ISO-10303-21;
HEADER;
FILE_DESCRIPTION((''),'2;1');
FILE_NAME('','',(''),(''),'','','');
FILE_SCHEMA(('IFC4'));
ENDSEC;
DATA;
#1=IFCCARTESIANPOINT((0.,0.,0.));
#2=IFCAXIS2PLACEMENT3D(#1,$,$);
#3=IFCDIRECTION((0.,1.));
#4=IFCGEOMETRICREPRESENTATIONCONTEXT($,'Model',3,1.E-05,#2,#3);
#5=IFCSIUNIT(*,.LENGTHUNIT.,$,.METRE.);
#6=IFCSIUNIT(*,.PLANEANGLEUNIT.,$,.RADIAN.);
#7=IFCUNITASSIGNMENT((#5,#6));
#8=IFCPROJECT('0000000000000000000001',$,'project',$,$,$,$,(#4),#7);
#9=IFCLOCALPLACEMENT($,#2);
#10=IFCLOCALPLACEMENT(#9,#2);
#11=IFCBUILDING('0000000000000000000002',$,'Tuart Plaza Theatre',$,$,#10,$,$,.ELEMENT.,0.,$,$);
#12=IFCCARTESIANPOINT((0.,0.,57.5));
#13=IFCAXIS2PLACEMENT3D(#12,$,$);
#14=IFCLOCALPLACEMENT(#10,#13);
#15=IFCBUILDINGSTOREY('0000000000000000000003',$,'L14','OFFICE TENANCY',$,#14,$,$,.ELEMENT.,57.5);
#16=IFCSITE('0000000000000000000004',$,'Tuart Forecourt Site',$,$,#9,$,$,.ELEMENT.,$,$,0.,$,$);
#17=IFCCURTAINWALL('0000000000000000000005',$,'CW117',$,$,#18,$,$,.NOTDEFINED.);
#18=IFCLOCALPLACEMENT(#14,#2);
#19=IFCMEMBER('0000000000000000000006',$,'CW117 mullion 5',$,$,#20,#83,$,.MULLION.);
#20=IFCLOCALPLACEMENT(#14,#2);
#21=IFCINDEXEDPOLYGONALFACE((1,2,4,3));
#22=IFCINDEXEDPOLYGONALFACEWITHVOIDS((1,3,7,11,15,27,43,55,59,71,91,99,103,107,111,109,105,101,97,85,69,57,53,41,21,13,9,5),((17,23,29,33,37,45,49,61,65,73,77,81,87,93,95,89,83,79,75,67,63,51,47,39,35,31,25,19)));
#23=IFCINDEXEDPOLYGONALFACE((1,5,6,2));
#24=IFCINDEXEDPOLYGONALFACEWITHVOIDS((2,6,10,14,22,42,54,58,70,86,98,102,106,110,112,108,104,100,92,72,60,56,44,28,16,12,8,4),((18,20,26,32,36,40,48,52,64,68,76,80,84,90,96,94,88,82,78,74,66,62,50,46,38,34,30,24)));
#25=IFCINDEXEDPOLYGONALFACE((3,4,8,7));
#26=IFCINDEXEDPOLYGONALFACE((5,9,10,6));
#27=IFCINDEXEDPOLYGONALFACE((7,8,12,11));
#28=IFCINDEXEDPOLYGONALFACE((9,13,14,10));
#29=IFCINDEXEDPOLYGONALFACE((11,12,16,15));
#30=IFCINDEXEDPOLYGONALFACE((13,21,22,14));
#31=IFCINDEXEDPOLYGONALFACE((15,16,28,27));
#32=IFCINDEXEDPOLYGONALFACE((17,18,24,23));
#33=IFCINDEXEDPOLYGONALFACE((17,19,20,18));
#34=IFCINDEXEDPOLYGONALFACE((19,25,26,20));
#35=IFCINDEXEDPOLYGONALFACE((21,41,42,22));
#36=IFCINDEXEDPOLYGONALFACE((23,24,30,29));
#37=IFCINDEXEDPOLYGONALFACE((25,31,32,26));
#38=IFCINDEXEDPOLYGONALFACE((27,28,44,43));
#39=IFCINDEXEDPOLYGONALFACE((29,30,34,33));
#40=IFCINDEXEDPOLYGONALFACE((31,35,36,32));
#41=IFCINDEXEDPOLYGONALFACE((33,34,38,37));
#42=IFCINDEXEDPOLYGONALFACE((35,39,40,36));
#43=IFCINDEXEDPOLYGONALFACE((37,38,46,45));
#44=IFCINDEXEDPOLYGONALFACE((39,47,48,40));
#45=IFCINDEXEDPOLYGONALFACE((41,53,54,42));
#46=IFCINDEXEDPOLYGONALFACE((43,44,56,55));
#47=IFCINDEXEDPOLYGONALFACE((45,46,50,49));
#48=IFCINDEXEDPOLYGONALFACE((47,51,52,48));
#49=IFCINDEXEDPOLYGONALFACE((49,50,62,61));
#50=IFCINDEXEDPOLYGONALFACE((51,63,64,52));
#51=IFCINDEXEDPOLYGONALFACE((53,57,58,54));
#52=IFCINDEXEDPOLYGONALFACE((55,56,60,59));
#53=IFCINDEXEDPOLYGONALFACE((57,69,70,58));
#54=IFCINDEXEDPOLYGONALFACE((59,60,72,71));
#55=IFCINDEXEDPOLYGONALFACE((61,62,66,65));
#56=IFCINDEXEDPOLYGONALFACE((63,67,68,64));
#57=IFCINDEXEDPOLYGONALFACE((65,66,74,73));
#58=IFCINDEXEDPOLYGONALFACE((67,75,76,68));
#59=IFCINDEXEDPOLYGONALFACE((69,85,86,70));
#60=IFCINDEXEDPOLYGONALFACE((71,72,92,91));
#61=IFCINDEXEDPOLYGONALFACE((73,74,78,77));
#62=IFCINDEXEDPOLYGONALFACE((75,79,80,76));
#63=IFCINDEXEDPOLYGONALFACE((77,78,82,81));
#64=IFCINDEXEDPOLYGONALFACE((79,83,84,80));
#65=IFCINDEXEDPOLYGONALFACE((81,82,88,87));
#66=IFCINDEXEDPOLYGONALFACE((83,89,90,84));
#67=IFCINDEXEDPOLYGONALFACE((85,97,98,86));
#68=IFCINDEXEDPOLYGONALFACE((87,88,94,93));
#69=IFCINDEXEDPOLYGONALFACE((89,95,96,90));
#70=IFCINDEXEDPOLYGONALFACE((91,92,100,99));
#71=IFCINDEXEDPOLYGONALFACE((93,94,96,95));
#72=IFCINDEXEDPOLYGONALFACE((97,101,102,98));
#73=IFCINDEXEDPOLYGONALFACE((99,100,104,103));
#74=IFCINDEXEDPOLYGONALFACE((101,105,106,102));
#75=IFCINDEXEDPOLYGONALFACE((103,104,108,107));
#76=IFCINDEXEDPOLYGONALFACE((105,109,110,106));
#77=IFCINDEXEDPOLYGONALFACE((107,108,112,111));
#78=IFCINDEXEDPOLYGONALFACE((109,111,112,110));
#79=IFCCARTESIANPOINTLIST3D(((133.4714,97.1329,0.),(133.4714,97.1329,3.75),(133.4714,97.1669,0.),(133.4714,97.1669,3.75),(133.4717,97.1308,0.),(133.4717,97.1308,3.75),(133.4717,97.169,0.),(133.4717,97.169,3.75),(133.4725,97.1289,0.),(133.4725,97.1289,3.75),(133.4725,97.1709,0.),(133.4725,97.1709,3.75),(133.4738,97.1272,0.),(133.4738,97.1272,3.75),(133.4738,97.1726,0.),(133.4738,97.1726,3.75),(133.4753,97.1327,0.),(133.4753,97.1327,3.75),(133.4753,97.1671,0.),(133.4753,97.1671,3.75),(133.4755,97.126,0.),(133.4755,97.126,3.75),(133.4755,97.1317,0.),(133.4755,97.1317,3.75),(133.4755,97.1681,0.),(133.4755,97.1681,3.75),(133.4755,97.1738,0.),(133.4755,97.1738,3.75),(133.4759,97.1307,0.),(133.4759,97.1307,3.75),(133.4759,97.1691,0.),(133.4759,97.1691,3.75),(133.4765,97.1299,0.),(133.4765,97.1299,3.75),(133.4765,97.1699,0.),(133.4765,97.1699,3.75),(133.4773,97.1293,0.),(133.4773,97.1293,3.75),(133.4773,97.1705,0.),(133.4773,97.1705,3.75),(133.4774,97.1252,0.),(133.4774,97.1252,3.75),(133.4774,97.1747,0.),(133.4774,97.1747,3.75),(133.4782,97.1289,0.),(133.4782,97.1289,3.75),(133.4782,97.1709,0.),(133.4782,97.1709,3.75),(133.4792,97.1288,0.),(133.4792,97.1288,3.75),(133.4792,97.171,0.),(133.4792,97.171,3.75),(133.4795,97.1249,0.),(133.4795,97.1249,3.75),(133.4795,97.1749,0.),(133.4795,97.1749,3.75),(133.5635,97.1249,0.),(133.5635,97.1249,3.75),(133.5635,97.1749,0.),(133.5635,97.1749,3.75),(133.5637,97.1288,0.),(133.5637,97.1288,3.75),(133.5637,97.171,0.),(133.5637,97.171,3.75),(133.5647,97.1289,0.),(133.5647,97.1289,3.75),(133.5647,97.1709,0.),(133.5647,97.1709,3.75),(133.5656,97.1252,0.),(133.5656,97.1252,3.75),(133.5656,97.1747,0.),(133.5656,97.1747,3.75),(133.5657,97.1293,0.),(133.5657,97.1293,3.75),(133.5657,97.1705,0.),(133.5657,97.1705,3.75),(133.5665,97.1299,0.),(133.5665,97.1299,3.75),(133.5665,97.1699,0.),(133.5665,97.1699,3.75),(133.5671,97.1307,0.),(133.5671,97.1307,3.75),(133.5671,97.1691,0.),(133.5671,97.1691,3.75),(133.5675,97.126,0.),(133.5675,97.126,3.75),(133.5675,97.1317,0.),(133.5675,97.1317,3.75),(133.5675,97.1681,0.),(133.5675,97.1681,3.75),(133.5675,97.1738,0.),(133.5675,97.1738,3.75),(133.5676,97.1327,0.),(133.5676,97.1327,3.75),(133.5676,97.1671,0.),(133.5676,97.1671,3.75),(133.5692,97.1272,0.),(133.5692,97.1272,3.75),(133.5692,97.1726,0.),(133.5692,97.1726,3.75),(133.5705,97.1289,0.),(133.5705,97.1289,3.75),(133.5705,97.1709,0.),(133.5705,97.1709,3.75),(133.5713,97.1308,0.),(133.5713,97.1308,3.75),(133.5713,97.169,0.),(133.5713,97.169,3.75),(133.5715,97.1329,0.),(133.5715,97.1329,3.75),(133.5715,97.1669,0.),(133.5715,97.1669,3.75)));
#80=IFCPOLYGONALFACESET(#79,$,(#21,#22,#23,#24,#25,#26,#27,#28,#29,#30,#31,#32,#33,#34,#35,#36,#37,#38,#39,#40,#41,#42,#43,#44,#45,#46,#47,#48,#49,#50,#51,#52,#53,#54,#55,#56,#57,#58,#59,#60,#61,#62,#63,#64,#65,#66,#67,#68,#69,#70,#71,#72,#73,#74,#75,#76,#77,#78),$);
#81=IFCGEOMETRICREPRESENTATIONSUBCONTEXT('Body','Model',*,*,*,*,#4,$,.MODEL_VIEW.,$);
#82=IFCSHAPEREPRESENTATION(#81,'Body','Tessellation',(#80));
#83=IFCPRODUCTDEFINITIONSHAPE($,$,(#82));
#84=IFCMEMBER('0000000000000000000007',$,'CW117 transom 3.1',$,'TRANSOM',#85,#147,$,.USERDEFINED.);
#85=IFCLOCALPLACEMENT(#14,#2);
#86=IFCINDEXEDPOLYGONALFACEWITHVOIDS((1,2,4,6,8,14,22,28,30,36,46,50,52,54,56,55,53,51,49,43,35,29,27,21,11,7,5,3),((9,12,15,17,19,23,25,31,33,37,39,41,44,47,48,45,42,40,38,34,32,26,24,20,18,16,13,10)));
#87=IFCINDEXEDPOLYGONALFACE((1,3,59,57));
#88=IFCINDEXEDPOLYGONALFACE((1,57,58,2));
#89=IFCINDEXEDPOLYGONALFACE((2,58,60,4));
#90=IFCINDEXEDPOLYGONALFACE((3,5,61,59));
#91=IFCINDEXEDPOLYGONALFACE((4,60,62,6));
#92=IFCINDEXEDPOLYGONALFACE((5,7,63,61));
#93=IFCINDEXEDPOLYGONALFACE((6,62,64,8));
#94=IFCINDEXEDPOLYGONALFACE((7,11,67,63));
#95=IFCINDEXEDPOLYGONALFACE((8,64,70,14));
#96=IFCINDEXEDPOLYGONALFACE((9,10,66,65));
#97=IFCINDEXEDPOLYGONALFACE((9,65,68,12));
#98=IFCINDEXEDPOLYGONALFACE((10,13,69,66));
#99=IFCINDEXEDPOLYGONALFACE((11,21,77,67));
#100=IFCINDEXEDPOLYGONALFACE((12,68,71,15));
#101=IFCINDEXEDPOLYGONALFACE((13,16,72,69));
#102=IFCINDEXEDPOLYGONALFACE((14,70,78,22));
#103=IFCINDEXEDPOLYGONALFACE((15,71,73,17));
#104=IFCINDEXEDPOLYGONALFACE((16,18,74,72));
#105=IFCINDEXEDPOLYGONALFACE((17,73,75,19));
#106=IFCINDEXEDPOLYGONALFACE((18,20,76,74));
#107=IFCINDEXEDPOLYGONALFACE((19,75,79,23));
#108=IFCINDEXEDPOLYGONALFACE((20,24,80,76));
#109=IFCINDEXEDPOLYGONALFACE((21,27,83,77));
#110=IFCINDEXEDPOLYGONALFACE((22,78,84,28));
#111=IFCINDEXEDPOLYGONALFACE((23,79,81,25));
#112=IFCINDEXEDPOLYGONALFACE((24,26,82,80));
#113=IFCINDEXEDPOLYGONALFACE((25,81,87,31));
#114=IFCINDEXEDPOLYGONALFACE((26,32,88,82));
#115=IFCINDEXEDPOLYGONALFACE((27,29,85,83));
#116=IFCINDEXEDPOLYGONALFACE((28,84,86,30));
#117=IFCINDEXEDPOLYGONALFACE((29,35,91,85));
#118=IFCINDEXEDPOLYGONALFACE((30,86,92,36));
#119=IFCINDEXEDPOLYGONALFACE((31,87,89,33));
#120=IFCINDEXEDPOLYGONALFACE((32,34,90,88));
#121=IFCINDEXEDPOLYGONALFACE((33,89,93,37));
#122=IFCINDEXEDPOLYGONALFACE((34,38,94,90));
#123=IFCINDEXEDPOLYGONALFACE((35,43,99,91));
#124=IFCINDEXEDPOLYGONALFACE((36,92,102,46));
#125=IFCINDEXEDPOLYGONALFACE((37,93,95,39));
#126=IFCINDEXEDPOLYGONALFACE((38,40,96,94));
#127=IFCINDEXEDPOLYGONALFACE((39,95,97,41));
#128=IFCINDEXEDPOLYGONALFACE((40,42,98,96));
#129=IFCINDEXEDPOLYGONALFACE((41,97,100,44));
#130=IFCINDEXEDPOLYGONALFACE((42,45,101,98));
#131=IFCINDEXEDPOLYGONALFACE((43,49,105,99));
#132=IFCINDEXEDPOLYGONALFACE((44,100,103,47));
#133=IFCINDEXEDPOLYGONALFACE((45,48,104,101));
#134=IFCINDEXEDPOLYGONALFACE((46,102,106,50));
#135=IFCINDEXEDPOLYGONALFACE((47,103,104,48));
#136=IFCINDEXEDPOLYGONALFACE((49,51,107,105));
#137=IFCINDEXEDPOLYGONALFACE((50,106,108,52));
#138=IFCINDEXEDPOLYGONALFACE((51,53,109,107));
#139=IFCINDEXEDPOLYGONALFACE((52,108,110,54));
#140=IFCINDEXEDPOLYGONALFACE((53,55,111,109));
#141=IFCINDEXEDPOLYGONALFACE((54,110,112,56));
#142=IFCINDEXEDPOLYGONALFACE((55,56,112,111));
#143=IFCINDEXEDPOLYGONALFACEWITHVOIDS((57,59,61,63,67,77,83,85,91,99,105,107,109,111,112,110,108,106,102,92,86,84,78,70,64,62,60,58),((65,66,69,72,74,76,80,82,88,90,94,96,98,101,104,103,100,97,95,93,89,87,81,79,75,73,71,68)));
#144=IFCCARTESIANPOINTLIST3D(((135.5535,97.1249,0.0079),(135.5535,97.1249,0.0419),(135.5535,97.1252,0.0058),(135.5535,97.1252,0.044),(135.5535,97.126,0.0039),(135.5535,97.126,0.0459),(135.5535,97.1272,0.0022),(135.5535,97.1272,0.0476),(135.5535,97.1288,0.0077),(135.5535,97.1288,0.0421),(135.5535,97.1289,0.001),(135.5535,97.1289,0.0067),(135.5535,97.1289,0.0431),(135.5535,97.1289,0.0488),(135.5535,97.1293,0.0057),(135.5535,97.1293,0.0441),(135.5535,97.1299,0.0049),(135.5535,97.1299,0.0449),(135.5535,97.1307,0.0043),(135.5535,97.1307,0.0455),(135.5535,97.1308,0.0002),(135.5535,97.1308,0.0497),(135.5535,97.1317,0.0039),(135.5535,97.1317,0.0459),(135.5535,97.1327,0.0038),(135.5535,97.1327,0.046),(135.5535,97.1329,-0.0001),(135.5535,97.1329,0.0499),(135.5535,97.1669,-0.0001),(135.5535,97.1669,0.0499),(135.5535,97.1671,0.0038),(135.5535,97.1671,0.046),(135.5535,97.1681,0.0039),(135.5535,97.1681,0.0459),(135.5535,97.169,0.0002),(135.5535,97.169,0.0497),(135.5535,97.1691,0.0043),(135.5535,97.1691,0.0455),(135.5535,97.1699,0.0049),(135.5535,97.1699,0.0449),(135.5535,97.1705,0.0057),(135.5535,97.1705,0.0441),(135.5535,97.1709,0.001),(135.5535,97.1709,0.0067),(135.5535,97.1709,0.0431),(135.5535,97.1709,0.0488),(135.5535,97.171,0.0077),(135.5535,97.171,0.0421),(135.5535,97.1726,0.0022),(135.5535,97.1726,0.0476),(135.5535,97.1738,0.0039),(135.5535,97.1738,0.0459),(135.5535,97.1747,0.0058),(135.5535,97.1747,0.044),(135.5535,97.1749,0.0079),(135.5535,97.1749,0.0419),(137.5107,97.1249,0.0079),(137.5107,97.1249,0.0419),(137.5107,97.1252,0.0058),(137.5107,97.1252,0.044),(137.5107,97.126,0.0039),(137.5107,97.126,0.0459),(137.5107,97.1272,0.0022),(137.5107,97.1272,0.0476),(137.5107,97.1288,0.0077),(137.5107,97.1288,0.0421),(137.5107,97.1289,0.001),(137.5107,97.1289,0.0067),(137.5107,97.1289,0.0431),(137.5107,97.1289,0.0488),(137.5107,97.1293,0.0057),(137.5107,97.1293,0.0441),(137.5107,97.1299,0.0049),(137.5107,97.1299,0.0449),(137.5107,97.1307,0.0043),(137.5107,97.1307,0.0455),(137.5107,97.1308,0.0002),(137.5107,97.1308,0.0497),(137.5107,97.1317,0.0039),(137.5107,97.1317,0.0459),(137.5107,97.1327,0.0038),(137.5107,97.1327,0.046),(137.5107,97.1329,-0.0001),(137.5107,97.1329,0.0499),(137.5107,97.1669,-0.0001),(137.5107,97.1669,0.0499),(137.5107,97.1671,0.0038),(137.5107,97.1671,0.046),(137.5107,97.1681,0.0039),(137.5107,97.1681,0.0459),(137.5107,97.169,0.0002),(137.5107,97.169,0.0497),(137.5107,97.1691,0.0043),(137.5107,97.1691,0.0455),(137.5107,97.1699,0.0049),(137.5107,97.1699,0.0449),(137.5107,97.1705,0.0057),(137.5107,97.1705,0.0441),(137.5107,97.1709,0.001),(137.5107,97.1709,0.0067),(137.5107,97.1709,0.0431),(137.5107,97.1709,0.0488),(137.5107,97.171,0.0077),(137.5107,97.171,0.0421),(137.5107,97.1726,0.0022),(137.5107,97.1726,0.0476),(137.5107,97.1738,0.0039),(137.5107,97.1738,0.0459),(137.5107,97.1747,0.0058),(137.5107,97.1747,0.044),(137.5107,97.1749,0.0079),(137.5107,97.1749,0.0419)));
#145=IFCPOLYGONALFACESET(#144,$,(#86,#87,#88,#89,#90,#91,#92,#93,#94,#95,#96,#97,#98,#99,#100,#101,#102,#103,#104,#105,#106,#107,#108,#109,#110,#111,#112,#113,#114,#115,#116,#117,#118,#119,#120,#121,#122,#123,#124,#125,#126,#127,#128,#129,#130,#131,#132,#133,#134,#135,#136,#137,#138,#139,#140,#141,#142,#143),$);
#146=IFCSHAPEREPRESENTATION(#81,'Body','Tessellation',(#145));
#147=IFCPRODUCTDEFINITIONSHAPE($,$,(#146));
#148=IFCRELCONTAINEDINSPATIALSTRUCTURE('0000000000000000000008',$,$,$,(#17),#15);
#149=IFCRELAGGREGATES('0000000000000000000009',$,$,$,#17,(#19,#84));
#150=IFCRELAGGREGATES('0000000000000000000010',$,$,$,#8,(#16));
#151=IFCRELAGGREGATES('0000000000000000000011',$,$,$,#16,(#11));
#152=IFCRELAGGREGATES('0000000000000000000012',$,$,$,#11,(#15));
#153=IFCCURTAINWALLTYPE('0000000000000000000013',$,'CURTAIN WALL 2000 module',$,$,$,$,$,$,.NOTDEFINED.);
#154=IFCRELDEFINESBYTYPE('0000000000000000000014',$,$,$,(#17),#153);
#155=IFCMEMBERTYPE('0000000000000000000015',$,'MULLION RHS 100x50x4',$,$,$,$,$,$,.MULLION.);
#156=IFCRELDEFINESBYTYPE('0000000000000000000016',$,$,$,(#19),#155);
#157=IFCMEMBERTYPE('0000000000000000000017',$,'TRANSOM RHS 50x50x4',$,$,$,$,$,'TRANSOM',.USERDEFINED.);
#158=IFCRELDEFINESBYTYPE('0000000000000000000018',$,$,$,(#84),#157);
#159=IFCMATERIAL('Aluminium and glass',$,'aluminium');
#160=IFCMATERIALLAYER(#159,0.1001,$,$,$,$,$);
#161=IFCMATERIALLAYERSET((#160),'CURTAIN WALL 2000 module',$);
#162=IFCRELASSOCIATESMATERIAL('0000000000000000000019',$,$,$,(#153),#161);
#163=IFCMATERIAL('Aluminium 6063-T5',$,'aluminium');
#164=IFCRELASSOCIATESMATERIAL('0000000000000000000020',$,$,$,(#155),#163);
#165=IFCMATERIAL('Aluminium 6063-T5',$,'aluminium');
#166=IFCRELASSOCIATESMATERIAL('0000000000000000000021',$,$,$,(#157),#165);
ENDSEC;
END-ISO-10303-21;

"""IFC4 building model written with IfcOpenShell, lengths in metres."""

from ifc_helpers import new_model, si_unit, direction, frame, origin, origin_2d, place, context, subcontext, project, spatial, hollow_rectangle, extrude, material, layer, layer_set, material_profile, profile_set, type_object, element, aggregate, save


model = new_model("IFC4")

# Units and contexts
model_context = context("Model", 3, precision=1e-05, world=origin(), true_north=direction((0.0, 1.0)))
body_context = subcontext(model_context, "Body", "Model", "MODEL_VIEW")
ifc_project = project(units=[si_unit("LENGTHUNIT", "METRE"), si_unit("PLANEANGLEUNIT", "RADIAN")], contexts=[model_context])

# Site, building, storey
site_placement = place(None, origin())
site = spatial("IfcSite", under=ifc_project, at=site_placement, Name="Tuart Forecourt Site", CompositionType="ELEMENT", RefElevation=0.0)
building_placement = place(site_placement, origin())
building = spatial("IfcBuilding", under=site, at=building_placement, Name="Tuart Plaza Theatre", CompositionType="ELEMENT", ElevationOfRefHeight=0.0)
storey_placement = place(building_placement, frame((0.0, 0.0, 57.5)))
storey = spatial("IfcBuildingStorey", under=building, at=storey_placement, Name="L14", Description="OFFICE TENANCY", CompositionType="ELEMENT", Elevation=57.5)

# Curtain wall, members
ifc_material_1 = material(Name="Aluminium and glass", Category="aluminium")
ifc_layer_1 = layer(ifc_material_1, 0.1001)
ifc_layer_set_1 = layer_set([ifc_layer_1], Name="CURTAIN WALL 2000 module")
curtain_wall_type = type_object("IfcCurtainWallType", Name="CURTAIN WALL 2000 module", PredefinedType="NOTDEFINED", material=ifc_layer_set_1)
curtain_wall_placement = place(storey_placement, origin())
curtain_wall = element("IfcCurtainWall", 1, at=curtain_wall_placement, inside=storey, type_object=curtain_wall_type, Name="CW117", PredefinedType="NOTDEFINED")
ifc_material_2 = material(Name="Aluminium 6063-T5", Category="aluminium")
ifc_material_profile_1 = material_profile(ifc_material_2, hollow_rectangle(XDim=0.05, YDim=0.1001, WallThickness=0.0039, InnerFilletRadius=0.0039, OuterFilletRadius=0.0081, at=origin_2d()), Name="RHS 100x50x4")
ifc_profile_set_1 = profile_set([ifc_material_profile_1], Name="Aluminium 6063-T5")
member_type_1 = type_object("IfcMemberType", Name="MULLION RHS 100x50x4", PredefinedType="MULLION", material=ifc_profile_set_1)
member_1_placement = place(storey_placement, frame((133.5215, 97.1499, 0.0), z_axis=(0.0, 0.0, 1.0), x_axis=(0.0, -1.0, 0.0)))
member_1 = element("IfcMember", 2, at=member_1_placement, type_object=member_type_1, Name="CW117 mullion 5", PredefinedType="MULLION", context=body_context, shape_type="SweptSolid", body=[
    extrude(hollow_rectangle(XDim=0.05, YDim=0.1001, WallThickness=0.0039, InnerFilletRadius=0.0039, OuterFilletRadius=0.0081, at=origin_2d()), origin(), (0.0, 0.0, 1.0), 3.75),
])
ifc_material_3 = material(Name="Aluminium 6063-T5", Category="aluminium")
ifc_material_profile_2 = material_profile(ifc_material_3, hollow_rectangle(XDim=0.05, YDim=0.05, WallThickness=0.0039, InnerFilletRadius=0.0039, OuterFilletRadius=0.0081, at=origin_2d()), Name="RHS 50x50x4")
ifc_profile_set_2 = profile_set([ifc_material_profile_2], Name="Aluminium 6063-T5")
member_type_2 = type_object("IfcMemberType", Name="TRANSOM RHS 50x50x4", ElementType="TRANSOM", PredefinedType="USERDEFINED", material=ifc_profile_set_2)
member_2_placement = place(storey_placement, frame((137.5107, 97.1499, 0.0249), z_axis=(-1.0, 0.0, 0.0), x_axis=(0.0, -1.0, 0.0)))
member_2 = element("IfcMember", 3, at=member_2_placement, type_object=member_type_2, Name="CW117 transom 3.1", ObjectType="TRANSOM", PredefinedType="USERDEFINED", context=body_context, shape_type="SweptSolid", body=[
    extrude(hollow_rectangle(XDim=0.05, YDim=0.05, WallThickness=0.0039, InnerFilletRadius=0.0039, OuterFilletRadius=0.0081, at=origin_2d()), origin(), (0.0, 0.0, 1.0), 1.9573),
])
aggregate(curtain_wall, [member_1, member_2])

save(model, "model.ifc")
